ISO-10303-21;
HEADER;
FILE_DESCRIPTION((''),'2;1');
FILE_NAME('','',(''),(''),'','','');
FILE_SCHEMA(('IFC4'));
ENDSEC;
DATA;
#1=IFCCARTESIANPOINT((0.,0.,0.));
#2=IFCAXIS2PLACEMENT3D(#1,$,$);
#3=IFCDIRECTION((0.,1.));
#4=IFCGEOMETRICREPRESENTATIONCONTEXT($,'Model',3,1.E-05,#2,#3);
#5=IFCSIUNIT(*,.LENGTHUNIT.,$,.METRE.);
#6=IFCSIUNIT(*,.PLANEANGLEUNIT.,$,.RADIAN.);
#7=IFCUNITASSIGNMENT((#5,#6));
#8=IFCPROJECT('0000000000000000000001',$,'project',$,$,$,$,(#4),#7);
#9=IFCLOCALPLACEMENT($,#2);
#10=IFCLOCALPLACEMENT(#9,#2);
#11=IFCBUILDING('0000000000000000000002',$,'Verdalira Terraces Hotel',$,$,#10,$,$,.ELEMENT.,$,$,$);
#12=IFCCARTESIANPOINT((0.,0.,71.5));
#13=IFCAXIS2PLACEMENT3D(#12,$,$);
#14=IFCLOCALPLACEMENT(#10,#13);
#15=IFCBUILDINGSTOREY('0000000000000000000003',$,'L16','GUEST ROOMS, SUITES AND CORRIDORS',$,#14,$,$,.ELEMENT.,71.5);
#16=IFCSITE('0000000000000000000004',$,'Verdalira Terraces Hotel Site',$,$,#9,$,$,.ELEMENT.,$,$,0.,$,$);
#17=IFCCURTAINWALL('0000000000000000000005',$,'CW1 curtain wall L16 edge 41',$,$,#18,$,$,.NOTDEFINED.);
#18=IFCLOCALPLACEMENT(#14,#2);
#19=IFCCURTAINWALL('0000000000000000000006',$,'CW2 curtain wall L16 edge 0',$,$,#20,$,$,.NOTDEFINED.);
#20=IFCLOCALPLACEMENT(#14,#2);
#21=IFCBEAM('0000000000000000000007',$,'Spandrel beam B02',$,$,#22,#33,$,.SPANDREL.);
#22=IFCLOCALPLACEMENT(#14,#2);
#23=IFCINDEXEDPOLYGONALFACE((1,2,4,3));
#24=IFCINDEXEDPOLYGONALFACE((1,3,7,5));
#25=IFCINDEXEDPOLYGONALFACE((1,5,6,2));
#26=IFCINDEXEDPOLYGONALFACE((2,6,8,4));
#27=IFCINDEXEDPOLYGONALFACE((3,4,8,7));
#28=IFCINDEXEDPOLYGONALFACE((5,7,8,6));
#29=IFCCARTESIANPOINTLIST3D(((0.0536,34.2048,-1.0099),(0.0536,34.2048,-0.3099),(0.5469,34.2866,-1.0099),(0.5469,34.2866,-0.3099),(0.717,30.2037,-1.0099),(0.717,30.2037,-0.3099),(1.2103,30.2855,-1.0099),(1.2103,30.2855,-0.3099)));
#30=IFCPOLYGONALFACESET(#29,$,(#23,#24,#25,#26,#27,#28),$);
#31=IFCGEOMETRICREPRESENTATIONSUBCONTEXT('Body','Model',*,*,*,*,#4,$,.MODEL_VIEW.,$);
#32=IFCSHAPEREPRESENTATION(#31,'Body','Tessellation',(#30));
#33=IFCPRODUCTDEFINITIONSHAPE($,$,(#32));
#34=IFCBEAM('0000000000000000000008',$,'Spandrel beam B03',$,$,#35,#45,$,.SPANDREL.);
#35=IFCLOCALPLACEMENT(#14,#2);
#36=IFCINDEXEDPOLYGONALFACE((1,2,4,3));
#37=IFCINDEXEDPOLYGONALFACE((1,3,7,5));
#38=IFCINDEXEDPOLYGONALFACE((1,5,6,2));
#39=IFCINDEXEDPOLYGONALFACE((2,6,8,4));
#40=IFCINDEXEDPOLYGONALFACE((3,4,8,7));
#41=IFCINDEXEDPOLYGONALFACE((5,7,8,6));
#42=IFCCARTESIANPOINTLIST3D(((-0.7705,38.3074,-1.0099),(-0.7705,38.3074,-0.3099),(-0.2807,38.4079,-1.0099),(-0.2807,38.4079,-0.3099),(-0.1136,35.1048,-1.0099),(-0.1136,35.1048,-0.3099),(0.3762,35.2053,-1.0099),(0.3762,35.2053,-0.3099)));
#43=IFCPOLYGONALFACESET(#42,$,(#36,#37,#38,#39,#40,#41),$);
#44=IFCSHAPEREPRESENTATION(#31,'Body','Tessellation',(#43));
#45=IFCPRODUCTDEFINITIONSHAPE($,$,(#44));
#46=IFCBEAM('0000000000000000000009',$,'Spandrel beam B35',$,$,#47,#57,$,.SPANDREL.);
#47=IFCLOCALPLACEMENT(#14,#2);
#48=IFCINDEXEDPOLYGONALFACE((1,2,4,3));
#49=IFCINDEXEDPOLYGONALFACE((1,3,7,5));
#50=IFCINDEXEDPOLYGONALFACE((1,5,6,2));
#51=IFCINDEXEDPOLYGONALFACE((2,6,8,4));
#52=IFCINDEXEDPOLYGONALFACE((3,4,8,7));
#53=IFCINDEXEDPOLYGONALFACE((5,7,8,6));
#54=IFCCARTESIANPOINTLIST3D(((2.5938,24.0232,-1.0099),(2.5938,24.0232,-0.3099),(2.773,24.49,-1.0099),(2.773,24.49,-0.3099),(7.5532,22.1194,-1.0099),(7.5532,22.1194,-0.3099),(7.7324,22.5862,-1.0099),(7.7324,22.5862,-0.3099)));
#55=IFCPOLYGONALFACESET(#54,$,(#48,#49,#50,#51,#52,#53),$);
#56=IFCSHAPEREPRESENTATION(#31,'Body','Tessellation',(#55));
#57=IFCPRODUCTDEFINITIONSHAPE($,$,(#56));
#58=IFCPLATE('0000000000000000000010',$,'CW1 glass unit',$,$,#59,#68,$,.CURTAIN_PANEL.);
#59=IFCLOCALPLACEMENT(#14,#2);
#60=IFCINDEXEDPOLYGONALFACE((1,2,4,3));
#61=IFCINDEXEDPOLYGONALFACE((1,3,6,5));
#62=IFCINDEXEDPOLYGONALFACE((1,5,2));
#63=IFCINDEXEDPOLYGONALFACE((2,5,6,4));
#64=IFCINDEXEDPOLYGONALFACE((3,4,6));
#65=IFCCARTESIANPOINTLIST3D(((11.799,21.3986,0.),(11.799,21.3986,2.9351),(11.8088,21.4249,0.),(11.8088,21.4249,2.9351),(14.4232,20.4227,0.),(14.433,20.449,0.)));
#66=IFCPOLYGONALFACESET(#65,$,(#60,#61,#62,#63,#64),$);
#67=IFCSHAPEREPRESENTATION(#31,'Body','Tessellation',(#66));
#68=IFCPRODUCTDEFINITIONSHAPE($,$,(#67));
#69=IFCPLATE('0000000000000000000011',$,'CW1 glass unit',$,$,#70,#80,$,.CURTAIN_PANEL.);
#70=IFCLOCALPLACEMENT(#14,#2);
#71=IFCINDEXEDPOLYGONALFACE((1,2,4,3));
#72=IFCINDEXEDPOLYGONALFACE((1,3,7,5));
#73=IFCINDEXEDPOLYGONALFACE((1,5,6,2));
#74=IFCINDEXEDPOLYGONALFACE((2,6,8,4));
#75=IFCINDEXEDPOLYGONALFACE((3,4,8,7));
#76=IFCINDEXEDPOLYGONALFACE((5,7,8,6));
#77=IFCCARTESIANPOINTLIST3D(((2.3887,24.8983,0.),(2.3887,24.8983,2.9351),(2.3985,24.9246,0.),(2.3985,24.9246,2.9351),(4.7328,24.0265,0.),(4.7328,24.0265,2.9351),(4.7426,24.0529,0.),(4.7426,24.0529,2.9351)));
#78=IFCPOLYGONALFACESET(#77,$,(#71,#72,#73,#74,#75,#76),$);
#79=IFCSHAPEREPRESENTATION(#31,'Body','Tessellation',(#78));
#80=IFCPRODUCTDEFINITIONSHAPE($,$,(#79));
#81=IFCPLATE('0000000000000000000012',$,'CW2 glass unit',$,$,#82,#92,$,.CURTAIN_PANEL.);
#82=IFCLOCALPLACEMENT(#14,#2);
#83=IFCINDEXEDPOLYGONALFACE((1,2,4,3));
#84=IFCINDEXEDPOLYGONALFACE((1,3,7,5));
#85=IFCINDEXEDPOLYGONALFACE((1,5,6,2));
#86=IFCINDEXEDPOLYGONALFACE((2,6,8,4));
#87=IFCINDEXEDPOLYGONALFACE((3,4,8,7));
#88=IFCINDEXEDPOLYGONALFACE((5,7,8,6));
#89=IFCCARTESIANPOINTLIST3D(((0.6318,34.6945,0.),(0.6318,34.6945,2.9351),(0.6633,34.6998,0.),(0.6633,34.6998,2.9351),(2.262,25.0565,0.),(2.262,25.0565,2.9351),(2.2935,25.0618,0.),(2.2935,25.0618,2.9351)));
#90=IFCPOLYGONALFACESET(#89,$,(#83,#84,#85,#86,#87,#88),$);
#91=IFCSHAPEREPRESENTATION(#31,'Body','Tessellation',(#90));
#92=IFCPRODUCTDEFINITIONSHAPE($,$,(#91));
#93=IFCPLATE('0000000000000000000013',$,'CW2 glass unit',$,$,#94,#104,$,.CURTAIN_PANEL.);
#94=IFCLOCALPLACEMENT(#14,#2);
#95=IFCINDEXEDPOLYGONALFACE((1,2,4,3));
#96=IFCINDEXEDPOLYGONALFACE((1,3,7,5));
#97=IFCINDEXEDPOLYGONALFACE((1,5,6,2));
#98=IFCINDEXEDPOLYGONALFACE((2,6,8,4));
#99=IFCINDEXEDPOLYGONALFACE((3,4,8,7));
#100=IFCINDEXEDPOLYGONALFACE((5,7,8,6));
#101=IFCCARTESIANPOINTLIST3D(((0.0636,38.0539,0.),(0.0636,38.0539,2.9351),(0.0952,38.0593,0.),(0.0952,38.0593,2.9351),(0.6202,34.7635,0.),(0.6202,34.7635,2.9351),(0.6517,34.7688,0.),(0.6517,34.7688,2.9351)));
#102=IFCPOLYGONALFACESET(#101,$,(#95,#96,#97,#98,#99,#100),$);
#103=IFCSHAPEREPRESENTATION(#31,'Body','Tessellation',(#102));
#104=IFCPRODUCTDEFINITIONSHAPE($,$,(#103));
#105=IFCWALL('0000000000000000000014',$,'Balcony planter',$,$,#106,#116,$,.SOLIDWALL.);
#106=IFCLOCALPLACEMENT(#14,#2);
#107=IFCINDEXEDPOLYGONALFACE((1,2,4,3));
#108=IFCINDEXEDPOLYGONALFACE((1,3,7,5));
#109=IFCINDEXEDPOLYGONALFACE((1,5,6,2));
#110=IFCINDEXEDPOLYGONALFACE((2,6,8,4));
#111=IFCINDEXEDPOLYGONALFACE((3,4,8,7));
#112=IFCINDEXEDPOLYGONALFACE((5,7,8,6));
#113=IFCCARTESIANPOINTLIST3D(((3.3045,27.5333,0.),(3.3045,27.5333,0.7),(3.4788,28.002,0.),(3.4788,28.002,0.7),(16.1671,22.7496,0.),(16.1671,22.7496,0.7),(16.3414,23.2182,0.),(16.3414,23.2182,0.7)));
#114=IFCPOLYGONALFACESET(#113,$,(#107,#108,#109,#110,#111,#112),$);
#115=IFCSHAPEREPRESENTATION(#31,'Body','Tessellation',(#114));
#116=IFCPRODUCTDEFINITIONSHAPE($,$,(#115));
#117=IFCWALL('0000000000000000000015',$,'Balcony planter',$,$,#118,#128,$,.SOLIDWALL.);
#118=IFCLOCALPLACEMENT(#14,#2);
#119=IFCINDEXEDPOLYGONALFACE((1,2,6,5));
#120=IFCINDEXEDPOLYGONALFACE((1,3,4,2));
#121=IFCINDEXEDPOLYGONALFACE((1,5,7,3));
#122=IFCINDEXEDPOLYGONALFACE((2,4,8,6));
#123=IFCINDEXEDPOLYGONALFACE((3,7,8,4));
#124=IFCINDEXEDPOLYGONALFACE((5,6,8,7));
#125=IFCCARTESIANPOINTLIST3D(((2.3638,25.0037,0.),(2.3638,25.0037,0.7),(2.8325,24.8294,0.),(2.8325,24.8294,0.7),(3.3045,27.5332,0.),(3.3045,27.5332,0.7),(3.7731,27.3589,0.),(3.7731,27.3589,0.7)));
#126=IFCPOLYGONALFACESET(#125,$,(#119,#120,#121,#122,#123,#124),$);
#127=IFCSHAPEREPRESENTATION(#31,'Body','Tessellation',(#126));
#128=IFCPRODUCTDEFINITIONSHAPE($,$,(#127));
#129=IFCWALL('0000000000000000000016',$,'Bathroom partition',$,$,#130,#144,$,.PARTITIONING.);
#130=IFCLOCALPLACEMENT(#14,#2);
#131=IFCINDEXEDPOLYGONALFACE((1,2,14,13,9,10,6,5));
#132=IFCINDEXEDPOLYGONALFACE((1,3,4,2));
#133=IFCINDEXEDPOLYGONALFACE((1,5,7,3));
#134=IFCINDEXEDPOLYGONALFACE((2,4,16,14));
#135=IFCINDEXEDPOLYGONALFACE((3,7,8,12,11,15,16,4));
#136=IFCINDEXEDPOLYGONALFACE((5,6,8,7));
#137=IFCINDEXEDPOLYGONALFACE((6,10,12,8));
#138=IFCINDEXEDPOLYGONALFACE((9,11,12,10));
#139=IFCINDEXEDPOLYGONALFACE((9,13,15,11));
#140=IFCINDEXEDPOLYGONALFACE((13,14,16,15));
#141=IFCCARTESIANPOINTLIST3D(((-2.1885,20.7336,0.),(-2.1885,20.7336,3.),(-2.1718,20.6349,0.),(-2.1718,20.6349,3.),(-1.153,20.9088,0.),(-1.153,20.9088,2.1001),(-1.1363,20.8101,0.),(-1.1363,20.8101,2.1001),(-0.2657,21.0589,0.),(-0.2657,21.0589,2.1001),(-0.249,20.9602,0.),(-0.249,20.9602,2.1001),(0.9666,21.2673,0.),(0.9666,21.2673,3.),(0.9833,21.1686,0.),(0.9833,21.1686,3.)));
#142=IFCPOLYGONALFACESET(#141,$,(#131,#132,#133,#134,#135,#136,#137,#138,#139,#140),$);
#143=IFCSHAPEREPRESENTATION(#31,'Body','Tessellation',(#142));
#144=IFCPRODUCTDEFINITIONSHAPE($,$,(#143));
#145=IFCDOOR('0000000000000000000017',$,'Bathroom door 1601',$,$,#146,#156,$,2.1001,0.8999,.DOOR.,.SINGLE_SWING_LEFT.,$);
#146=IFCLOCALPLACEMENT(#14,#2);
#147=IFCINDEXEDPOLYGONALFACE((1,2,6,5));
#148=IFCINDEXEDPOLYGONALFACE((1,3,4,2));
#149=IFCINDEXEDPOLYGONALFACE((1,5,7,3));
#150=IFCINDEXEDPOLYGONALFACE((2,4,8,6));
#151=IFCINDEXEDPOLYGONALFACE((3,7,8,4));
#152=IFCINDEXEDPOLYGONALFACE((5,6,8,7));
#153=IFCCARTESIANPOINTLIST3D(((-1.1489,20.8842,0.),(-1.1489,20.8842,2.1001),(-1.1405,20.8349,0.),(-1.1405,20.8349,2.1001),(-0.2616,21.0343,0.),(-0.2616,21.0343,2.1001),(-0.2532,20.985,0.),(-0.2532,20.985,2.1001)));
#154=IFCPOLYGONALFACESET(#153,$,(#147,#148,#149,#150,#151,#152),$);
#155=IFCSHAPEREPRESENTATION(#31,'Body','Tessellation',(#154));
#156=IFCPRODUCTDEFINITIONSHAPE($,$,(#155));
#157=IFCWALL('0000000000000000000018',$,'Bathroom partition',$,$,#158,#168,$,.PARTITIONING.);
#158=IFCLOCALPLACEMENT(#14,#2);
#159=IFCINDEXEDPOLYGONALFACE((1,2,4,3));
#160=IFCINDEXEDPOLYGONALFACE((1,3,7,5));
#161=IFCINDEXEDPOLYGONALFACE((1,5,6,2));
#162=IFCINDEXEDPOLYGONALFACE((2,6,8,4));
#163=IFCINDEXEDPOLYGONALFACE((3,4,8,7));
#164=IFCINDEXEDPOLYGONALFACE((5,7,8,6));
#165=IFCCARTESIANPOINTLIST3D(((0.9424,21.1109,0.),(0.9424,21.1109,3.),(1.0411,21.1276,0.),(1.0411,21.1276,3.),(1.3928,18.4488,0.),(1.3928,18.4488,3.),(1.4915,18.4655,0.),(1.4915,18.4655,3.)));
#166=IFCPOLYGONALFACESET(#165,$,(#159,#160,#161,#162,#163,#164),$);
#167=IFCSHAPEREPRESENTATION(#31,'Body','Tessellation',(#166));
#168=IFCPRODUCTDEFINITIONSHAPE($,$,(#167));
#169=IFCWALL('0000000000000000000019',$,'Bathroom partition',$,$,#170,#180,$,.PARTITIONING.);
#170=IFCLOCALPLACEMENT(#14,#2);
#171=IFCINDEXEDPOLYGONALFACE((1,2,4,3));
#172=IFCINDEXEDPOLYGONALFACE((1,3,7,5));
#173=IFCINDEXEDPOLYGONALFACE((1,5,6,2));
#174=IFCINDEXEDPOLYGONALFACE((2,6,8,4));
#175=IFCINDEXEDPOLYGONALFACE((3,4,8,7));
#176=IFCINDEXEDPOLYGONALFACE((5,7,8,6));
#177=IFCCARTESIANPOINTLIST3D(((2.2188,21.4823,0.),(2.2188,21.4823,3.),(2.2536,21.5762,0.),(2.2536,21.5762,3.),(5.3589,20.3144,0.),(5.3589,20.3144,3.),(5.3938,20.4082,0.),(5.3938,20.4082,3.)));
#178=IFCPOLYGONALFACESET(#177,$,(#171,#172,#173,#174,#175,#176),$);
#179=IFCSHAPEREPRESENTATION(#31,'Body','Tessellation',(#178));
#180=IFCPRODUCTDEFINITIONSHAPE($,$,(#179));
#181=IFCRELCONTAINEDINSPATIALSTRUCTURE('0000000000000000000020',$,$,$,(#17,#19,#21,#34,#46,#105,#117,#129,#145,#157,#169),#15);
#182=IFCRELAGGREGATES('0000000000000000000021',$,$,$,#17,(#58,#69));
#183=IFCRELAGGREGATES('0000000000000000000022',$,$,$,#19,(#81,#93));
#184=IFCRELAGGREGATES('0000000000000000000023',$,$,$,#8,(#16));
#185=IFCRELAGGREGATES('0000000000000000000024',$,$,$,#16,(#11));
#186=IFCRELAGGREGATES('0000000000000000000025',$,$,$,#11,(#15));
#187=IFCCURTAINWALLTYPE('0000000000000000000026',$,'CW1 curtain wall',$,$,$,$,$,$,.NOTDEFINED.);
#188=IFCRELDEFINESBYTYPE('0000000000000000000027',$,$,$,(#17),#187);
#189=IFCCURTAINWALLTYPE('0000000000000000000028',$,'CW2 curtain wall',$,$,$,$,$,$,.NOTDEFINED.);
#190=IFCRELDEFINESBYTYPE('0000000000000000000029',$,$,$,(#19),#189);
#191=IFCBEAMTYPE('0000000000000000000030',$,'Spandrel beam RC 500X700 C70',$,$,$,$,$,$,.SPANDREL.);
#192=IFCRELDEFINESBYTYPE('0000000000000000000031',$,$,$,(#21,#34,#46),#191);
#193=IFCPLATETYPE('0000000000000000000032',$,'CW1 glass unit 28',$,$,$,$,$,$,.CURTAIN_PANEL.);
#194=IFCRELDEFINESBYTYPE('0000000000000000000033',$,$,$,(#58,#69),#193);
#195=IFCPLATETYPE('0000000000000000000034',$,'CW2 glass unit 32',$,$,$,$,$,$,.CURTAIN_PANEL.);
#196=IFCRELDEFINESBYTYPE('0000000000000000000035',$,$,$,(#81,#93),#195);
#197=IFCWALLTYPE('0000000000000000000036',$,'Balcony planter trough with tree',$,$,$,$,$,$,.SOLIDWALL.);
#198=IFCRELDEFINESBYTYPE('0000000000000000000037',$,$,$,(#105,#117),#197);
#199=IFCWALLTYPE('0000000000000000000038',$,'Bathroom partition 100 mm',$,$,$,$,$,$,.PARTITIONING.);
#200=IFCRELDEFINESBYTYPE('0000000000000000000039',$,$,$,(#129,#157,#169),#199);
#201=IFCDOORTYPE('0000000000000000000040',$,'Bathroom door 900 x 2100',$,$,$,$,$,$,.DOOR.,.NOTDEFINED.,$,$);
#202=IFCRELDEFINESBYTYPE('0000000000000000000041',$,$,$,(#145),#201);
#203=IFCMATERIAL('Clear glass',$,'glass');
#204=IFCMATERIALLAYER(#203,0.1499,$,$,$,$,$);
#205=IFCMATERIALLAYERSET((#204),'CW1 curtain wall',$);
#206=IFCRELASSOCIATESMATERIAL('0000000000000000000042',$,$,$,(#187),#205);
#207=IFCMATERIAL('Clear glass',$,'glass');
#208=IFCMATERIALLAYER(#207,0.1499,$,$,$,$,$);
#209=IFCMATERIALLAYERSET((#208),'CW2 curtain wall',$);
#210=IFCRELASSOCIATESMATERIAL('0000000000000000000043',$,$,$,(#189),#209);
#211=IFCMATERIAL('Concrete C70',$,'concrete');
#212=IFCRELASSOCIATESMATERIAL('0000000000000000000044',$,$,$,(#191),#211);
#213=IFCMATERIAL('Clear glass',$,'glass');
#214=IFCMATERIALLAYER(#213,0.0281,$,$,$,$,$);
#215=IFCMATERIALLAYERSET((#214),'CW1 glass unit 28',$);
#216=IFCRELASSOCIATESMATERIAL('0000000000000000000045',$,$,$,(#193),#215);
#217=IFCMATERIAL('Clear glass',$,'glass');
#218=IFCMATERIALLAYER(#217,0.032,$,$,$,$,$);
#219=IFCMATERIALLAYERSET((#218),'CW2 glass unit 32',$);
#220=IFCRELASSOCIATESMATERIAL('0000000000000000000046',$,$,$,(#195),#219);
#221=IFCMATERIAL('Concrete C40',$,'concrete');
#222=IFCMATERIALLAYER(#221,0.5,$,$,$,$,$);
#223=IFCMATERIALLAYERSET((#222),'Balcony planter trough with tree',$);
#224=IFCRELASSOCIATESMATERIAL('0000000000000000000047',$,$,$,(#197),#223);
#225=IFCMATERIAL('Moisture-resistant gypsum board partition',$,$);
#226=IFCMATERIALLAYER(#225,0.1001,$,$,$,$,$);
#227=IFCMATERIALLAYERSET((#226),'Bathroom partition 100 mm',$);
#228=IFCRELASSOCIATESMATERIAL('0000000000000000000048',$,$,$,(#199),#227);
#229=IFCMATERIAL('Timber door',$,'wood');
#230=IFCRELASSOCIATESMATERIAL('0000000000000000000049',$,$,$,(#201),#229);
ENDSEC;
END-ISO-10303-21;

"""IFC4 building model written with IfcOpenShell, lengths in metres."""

from ifc_helpers import new_model, si_unit, direction, frame, frame_2d, origin, origin_2d, place, context, subcontext, project, spatial, polyline, rectangle, outline, extrude, material, layer, layer_set, material_profile, profile_set, type_object, element, fill, aggregate, save


model = new_model("IFC4")

# Units and contexts
model_context = context("Model", 3, precision=1e-05, world=origin(), true_north=direction((0.0, 1.0)))
body_context = subcontext(model_context, "Body", "Model", "MODEL_VIEW")
ifc_project = project(units=[si_unit("LENGTHUNIT", "METRE"), si_unit("PLANEANGLEUNIT", "RADIAN")], contexts=[model_context])

# Site, building, storey
site_placement = place(None, origin())
site = spatial("IfcSite", under=ifc_project, at=site_placement, Name="Verdalira Terraces Hotel Site", CompositionType="ELEMENT", RefElevation=0.0)
building_placement = place(site_placement, origin())
building = spatial("IfcBuilding", under=site, at=building_placement, Name="Verdalira Terraces Hotel", CompositionType="ELEMENT")
storey_placement = place(building_placement, frame((0.0, 0.0, 71.5)))
storey = spatial("IfcBuildingStorey", under=building, at=storey_placement, Name="L16", Description="GUEST ROOMS, SUITES AND CORRIDORS", CompositionType="ELEMENT", Elevation=71.5)

# Curtain wall
ifc_material_1 = material(Name="Clear glass", Category="glass")
ifc_layer_1 = layer(ifc_material_1, 0.1499)
ifc_layer_set_1 = layer_set([ifc_layer_1], Name="CW1 curtain wall")
curtain_wall_type_1 = type_object("IfcCurtainWallType", Name="CW1 curtain wall", PredefinedType="NOTDEFINED", material=ifc_layer_set_1)
curtain_wall_1_placement = place(storey_placement, origin())
curtain_wall_1 = element("IfcCurtainWall", 1, at=curtain_wall_1_placement, inside=storey, type_object=curtain_wall_type_1, Name="CW1 curtain wall L16 edge 41", PredefinedType="NOTDEFINED")

# Curtain wall
ifc_material_2 = material(Name="Clear glass", Category="glass")
ifc_layer_2 = layer(ifc_material_2, 0.1499)
ifc_layer_set_2 = layer_set([ifc_layer_2], Name="CW2 curtain wall")
curtain_wall_type_2 = type_object("IfcCurtainWallType", Name="CW2 curtain wall", PredefinedType="NOTDEFINED", material=ifc_layer_set_2)
curtain_wall_2_placement = place(storey_placement, origin())
curtain_wall_2 = element("IfcCurtainWall", 2, at=curtain_wall_2_placement, inside=storey, type_object=curtain_wall_type_2, Name="CW2 curtain wall L16 edge 0", PredefinedType="NOTDEFINED")

# Beams
ifc_material_3 = material(Name="Concrete C70", Category="concrete")
ifc_material_profile_1 = material_profile(ifc_material_3, rectangle(XDim=0.5, YDim=0.7, at=origin_2d()), Name="RC 500X700")
ifc_profile_set_1 = profile_set([ifc_material_profile_1], Name="Concrete C70")
beam_type_1 = type_object("IfcBeamType", Name="Spandrel beam RC 500X700 C70", PredefinedType="SPANDREL", material=ifc_profile_set_1)
beam_1_placement = place(storey_placement, frame((0.9636, 30.2446, -0.6599), z_axis=(-0.163559, 0.986533, 0.0), x_axis=(-0.986533, -0.163559, 0.0)))
element("IfcBeam", 3, at=beam_1_placement, inside=storey, type_object=beam_type_1, Name="Spandrel beam B02", PredefinedType="SPANDREL", context=body_context, shape_type="SweptSolid", body=[
    extrude(rectangle(XDim=0.5, YDim=0.7, at=origin_2d()), origin(), (0.0, 0.0, 1.0), 4.0557),
])
beam_2_placement = place(storey_placement, frame((0.1313, 35.155, -0.6599), z_axis=(-0.200953, 0.979601, 0.0), x_axis=(-0.979601, -0.200953, 0.0)))
element("IfcBeam", 4, at=beam_2_placement, inside=storey, type_object=beam_type_1, Name="Spandrel beam B03", PredefinedType="SPANDREL", context=body_context, shape_type="SweptSolid", body=[
    extrude(rectangle(XDim=0.5, YDim=0.7, at=origin_2d()), origin(), (0.0, 0.0, 1.0), 3.2693),
])
beam_3_placement = place(storey_placement, frame((7.6428, 22.3528, -0.6599), z_axis=(-0.933578, 0.358375, 0.0), x_axis=(-0.358375, -0.933578, 0.0)))
element("IfcBeam", 5, at=beam_3_placement, inside=storey, type_object=beam_type_1, Name="Spandrel beam B35", PredefinedType="SPANDREL", context=body_context, shape_type="SweptSolid", body=[
    extrude(rectangle(XDim=0.5, YDim=0.7, at=origin_2d()), origin(), (0.0, 0.0, 1.0), 5.3123),
])

# Plates
ifc_material_4 = material(Name="Clear glass", Category="glass")
ifc_layer_3 = layer(ifc_material_4, 0.0281)
ifc_layer_set_3 = layer_set([ifc_layer_3], Name="CW1 glass unit 28")
plate_type_1 = type_object("IfcPlateType", Name="CW1 glass unit 28", PredefinedType="CURTAIN_PANEL", material=ifc_layer_set_3)
plate_1_placement = place(storey_placement, frame((13.1111, 20.9106, 1.4675), z_axis=(0.348572, 0.937282, 0.0), x_axis=(-0.937282, 0.348572, 0.0)))
plate_1 = element("IfcPlate", 6, at=plate_1_placement, type_object=plate_type_1, Name="CW1 glass unit", PredefinedType="CURTAIN_PANEL", context=body_context, shape_type="SweptSolid", body=[
    extrude(outline(polyline([(-1.3999, -1.4675), (1.3999, -1.4675), (1.3999, 1.4675), (-1.3999, -1.4675)])), origin(), (0.0, 0.0, 1.0), 0.0281),
])
plate_2_placement = place(storey_placement, frame((3.5657, 24.4756, 0.0), z_axis=(0.0, 0.0, 1.0), x_axis=(-0.937282, 0.348572, 0.0)))
plate_2 = element("IfcPlate", 7, at=plate_2_placement, type_object=plate_type_1, Name="CW1 glass unit", PredefinedType="CURTAIN_PANEL", context=body_context, shape_type="SweptSolid", body=[
    extrude(rectangle(XDim=2.501, YDim=0.0281, at=origin_2d()), origin(), (0.0, 0.0, 1.0), 2.9351),
])
aggregate(curtain_wall_1, [plate_1, plate_2])
ifc_material_5 = material(Name="Clear glass", Category="glass")
ifc_layer_4 = layer(ifc_material_5, 0.032)
ifc_layer_set_4 = layer_set([ifc_layer_4], Name="CW2 glass unit 32")
plate_type_2 = type_object("IfcPlateType", Name="CW2 glass unit 32", PredefinedType="CURTAIN_PANEL", material=ifc_layer_set_4)
plate_3_placement = place(storey_placement, frame((1.4626, 29.8782, 0.0), z_axis=(0.0, 0.0, 1.0), x_axis=(-0.166769, 0.985996, 0.0)))
plate_3 = element("IfcPlate", 8, at=plate_3_placement, type_object=plate_type_2, Name="CW2 glass unit", PredefinedType="CURTAIN_PANEL", context=body_context, shape_type="SweptSolid", body=[
    extrude(rectangle(XDim=9.7749, YDim=0.032, at=origin_2d()), origin(), (0.0, 0.0, 1.0), 2.9351),
])
plate_4_placement = place(storey_placement, frame((0.3577, 36.4114, 0.0), z_axis=(0.0, 0.0, 1.0), x_axis=(-0.166769, 0.985996, 0.0)))
plate_4 = element("IfcPlate", 9, at=plate_4_placement, type_object=plate_type_2, Name="CW2 glass unit", PredefinedType="CURTAIN_PANEL", context=body_context, shape_type="SweptSolid", body=[
    extrude(rectangle(XDim=3.3372, YDim=0.032, at=origin_2d()), origin(), (0.0, 0.0, 1.0), 2.9351),
])
aggregate(curtain_wall_2, [plate_3, plate_4])

# Walls
ifc_material_6 = material(Name="Concrete C40", Category="concrete")
ifc_layer_5 = layer(ifc_material_6, 0.5)
ifc_layer_set_5 = layer_set([ifc_layer_5], Name="Balcony planter trough with tree")
wall_type_1 = type_object("IfcWallType", Name="Balcony planter trough with tree", PredefinedType="SOLIDWALL", material=ifc_layer_set_5)
wall_1_placement = place(storey_placement, frame((16.2544, 22.9839, 0.0), z_axis=(0.0, 0.0, 1.0), x_axis=(-0.937278, 0.348582, 0.0)))
element("IfcWall", 10, at=wall_1_placement, inside=storey, type_object=wall_type_1, Name="Balcony planter", PredefinedType="SOLIDWALL", context=body_context, shape_type="SweptSolid", body=[
    extrude(rectangle(XDim=13.7234, YDim=0.5, at=frame_2d((6.8618, 0.0))), origin(), (0.0, 0.0, 1.0), 0.7),
])
wall_2_placement = place(storey_placement, frame((3.5388, 27.446, 0.0), z_axis=(0.0, 0.0, 1.0), x_axis=(-0.348554, -0.937289, 0.0)))
element("IfcWall", 11, at=wall_2_placement, inside=storey, type_object=wall_type_1, Name="Balcony planter", PredefinedType="SOLIDWALL", context=body_context, shape_type="SweptSolid", body=[
    extrude(rectangle(XDim=2.6987, YDim=0.5, at=frame_2d((1.3494, 0.0))), origin(), (0.0, 0.0, 1.0), 0.7),
])

# Wall, opening, door
ifc_material_7 = material(Name="Moisture-resistant gypsum board partition")
ifc_layer_6 = layer(ifc_material_7, 0.1001)
ifc_layer_set_6 = layer_set([ifc_layer_6], Name="Bathroom partition 100 mm")
wall_type_2 = type_object("IfcWallType", Name="Bathroom partition 100 mm", PredefinedType="PARTITIONING", material=ifc_layer_set_6)
wall_3_placement = place(storey_placement, frame((0.9751, 21.218, 0.0), z_axis=(0.0, 0.0, 1.0), x_axis=(-0.985993, -0.166786, 0.0)))
wall_3 = element("IfcWall", 12, at=wall_3_placement, inside=storey, type_object=wall_type_2, Name="Bathroom partition", PredefinedType="PARTITIONING", context=body_context, shape_type="SweptSolid", body=[
    extrude(rectangle(XDim=3.2, YDim=0.1001, at=frame_2d((1.6001, 0.0))), origin(), (0.0, 0.0, 1.0), 3.0),
])
opening_1_placement = place(wall_3_placement, frame((1.25, 0.0, 0.0)))
opening_1 = element("IfcOpeningElement", 13, at=opening_1_placement, cuts=wall_3, PredefinedType="OPENING", context=body_context, shape_type="SweptSolid", body=[
    extrude(rectangle(XDim=0.8999, YDim=2.1001, at=frame_2d((0.45, 1.05))), frame((0.0, 0.0601, 0.0), z_axis=(0.0, -1.0, 0.0), x_axis=(1.0, 0.0, 0.0)), (0.0, 0.0, 1.0), 0.1201),
])
ifc_material_8 = material(Name="Timber door", Category="wood")
door_type_1 = type_object("IfcDoorType", Name="Bathroom door 900 x 2100", OperationType="NOTDEFINED", PredefinedType="DOOR", material=ifc_material_8)
door_1_placement = place(opening_1_placement, origin())
door_1 = element("IfcDoor", 14, at=door_1_placement, inside=storey, type_object=door_type_1, Name="Bathroom door 1601", OperationType="SINGLE_SWING_LEFT", OverallHeight=2.1001, OverallWidth=0.8999, PredefinedType="DOOR", context=body_context, shape_type="SweptSolid", body=[
    extrude(rectangle(XDim=0.8999, YDim=2.1001, at=frame_2d((0.45, 1.05))), frame((0.0, 0.0249, 0.0), z_axis=(0.0, -1.0, 0.0), x_axis=(1.0, 0.0, 0.0)), (0.0, 0.0, 1.0), 0.05),
])
fill(opening_1, door_1)

# Walls
wall_4_placement = place(storey_placement, frame((0.9917, 21.1194, 0.0), z_axis=(0.0, 0.0, 1.0), x_axis=(0.166833, -0.985985, 0.0)))
element("IfcWall", 15, at=wall_4_placement, inside=storey, type_object=wall_type_2, Name="Bathroom partition", PredefinedType="PARTITIONING", context=body_context, shape_type="SweptSolid", body=[
    extrude(rectangle(XDim=2.7, YDim=0.1001, at=frame_2d((1.3501, 0.0))), origin(), (0.0, 0.0, 1.0), 3.0),
])
wall_5_placement = place(storey_placement, frame((2.2361, 21.5293, 0.0), z_axis=(0.0, 0.0, 1.0), x_axis=(0.937266, -0.348615, 0.0)))
element("IfcWall", 16, at=wall_5_placement, inside=storey, type_object=wall_type_2, Name="Bathroom partition", PredefinedType="PARTITIONING", context=body_context, shape_type="SweptSolid", body=[
    extrude(rectangle(XDim=3.3503, YDim=0.1001, at=frame_2d((1.6753, 0.0))), origin(), (0.0, 0.0, 1.0), 3.0),
])

save(model, "model.ifc")
